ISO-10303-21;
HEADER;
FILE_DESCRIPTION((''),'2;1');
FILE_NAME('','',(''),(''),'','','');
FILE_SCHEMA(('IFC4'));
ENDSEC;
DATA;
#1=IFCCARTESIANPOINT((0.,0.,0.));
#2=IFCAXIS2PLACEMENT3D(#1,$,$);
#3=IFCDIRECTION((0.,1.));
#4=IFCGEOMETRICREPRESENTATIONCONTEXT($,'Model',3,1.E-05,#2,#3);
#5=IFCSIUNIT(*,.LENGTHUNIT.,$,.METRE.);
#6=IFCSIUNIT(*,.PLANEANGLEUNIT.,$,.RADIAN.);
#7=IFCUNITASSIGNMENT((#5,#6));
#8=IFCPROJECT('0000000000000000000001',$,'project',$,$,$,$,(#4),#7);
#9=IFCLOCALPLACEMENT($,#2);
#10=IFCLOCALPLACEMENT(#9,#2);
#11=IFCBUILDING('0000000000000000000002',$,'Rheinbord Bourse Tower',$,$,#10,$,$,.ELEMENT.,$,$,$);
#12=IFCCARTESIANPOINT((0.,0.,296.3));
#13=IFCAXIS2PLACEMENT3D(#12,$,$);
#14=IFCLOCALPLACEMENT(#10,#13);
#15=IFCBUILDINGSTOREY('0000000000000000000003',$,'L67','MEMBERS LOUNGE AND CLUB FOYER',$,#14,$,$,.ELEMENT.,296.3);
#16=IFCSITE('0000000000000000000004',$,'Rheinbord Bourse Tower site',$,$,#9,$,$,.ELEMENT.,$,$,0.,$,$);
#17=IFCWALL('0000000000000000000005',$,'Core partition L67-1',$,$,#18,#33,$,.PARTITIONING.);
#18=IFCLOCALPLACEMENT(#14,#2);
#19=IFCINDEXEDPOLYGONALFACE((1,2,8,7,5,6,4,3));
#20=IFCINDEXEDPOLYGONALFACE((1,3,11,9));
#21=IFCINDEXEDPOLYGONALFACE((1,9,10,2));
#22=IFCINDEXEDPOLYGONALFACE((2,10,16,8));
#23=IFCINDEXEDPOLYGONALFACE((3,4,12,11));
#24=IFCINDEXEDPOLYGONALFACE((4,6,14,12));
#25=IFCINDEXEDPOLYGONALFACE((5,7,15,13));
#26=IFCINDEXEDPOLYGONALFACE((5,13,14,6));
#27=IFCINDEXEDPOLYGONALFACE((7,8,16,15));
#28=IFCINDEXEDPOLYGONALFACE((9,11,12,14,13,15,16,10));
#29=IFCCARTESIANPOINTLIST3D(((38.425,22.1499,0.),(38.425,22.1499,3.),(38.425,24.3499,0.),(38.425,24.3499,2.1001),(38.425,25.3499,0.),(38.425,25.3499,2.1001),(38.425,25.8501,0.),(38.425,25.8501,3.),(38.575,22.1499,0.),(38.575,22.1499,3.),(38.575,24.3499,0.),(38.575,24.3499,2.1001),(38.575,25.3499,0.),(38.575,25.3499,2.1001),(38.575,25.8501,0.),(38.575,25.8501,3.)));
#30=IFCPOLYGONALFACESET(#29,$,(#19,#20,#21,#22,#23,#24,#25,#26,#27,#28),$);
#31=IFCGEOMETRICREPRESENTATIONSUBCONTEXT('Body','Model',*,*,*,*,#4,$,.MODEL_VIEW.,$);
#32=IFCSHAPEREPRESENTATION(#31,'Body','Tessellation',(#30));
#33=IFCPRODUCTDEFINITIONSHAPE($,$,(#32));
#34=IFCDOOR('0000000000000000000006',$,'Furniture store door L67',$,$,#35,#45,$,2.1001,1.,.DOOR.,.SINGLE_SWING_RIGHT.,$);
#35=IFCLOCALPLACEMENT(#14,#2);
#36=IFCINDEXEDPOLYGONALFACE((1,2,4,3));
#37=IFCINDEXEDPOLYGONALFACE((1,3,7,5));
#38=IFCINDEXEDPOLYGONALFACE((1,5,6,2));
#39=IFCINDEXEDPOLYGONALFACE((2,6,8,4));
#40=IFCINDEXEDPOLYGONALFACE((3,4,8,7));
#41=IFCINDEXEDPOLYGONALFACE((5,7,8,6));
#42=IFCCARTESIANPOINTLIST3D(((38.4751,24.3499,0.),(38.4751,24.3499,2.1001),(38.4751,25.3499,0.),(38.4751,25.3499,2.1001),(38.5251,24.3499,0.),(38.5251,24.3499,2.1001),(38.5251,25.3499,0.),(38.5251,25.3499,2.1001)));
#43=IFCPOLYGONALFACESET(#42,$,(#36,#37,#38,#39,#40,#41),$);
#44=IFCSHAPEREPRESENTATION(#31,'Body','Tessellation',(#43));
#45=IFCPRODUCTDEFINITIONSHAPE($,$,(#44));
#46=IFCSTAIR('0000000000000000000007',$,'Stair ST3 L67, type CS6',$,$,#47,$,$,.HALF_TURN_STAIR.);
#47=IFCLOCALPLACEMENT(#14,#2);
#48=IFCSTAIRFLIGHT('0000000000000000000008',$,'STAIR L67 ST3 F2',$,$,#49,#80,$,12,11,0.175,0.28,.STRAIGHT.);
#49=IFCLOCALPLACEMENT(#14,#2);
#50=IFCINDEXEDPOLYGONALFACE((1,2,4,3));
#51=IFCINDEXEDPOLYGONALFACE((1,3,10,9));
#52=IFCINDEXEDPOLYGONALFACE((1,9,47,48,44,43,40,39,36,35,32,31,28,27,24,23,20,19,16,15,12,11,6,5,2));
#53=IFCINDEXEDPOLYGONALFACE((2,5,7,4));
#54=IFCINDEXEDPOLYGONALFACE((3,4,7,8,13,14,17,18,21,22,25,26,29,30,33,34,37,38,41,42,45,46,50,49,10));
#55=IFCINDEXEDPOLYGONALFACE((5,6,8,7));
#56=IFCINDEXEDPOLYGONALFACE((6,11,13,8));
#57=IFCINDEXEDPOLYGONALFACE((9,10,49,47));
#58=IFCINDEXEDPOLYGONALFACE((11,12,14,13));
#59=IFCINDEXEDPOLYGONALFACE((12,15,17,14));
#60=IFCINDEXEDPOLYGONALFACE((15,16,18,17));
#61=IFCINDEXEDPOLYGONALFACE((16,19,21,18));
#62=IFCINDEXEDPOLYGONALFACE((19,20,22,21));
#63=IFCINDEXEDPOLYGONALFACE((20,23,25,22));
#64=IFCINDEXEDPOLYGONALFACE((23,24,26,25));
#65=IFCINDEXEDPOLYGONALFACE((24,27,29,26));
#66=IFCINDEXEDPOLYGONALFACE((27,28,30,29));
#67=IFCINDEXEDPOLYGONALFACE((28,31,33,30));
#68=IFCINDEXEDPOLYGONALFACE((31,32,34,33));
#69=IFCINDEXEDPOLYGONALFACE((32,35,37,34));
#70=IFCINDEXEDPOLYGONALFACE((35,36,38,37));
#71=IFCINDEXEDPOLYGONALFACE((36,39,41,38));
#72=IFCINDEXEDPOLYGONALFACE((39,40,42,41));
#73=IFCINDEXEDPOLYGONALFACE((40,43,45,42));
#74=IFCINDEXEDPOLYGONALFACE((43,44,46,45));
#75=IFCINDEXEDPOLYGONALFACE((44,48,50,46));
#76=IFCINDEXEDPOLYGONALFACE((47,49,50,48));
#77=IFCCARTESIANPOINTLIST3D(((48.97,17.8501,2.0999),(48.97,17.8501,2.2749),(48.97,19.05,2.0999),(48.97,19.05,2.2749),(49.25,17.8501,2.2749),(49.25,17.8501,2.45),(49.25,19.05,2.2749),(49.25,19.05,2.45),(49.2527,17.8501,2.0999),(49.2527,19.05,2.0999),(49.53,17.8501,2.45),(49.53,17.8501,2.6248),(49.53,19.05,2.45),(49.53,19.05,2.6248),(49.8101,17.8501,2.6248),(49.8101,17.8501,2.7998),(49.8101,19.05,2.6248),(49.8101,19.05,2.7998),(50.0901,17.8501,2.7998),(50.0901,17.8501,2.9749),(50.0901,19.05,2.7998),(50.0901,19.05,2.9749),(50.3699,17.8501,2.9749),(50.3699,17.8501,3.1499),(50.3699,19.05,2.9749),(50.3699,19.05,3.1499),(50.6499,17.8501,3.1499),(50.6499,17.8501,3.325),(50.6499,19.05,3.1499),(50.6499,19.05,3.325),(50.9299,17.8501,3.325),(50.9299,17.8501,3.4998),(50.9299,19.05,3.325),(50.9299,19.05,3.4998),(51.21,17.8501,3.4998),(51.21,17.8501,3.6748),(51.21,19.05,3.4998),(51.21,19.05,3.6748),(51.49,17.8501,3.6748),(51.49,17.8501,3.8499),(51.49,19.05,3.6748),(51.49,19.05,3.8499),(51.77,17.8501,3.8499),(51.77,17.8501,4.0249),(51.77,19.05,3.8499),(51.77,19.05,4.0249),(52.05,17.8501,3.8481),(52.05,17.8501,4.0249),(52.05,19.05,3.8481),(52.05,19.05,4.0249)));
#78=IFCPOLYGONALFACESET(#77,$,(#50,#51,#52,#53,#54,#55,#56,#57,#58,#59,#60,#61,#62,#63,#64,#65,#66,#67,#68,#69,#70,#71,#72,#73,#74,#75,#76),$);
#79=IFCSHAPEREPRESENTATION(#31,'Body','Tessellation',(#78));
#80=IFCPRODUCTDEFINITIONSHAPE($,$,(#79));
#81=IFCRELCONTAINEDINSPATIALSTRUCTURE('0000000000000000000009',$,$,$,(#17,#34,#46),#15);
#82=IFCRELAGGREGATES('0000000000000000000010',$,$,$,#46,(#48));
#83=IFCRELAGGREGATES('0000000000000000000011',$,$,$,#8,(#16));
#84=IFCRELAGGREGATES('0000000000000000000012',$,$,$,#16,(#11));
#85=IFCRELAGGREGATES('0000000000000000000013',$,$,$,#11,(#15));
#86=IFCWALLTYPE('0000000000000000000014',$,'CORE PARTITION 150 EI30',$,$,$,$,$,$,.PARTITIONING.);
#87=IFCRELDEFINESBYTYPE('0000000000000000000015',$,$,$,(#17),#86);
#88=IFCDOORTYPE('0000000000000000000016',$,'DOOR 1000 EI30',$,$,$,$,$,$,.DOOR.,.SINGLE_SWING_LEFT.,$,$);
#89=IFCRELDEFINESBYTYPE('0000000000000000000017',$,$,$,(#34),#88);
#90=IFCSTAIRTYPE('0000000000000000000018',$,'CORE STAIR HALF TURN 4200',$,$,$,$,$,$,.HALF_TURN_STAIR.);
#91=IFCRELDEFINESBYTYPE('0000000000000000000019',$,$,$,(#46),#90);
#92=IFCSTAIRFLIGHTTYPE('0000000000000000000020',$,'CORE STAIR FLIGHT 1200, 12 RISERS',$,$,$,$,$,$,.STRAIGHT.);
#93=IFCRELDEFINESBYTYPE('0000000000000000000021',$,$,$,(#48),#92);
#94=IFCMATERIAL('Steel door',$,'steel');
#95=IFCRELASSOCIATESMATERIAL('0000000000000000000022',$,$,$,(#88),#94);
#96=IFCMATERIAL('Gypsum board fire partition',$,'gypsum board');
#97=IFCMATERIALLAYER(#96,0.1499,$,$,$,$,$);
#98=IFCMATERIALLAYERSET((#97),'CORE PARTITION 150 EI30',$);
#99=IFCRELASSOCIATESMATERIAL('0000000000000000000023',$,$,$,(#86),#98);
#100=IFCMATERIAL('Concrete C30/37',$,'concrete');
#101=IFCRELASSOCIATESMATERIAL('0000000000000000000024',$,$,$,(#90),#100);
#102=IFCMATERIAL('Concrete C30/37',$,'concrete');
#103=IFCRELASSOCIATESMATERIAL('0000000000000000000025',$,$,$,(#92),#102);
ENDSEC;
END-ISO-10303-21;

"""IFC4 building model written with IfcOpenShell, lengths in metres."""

from ifc_helpers import new_model, si_unit, direction, frame, frame_2d, origin, place, context, subcontext, project, spatial, polyline, rectangle, outline, extrude, material, layer, layer_set, type_object, element, fill, aggregate, save


model = new_model("IFC4")

# Units and contexts
model_context = context("Model", 3, precision=1e-05, world=origin(), true_north=direction((0.0, 1.0)))
body_context = subcontext(model_context, "Body", "Model", "MODEL_VIEW")
ifc_project = project(units=[si_unit("LENGTHUNIT", "METRE"), si_unit("PLANEANGLEUNIT", "RADIAN")], contexts=[model_context])

# Site, building, storey
site_placement = place(None, origin())
site = spatial("IfcSite", under=ifc_project, at=site_placement, Name="Rheinbord Bourse Tower site", CompositionType="ELEMENT", RefElevation=0.0)
building_placement = place(site_placement, origin())
building = spatial("IfcBuilding", under=site, at=building_placement, Name="Rheinbord Bourse Tower", CompositionType="ELEMENT")
storey_placement = place(building_placement, frame((0.0, 0.0, 296.3)))
storey = spatial("IfcBuildingStorey", under=building, at=storey_placement, Name="L67", Description="MEMBERS LOUNGE AND CLUB FOYER", CompositionType="ELEMENT", Elevation=296.3)

# Shared definitions
ifc_material_1 = material(Name="Steel door", Category="steel")
door_type_1 = type_object("IfcDoorType", Name="DOOR 1000 EI30", OperationType="SINGLE_SWING_LEFT", PredefinedType="DOOR", material=ifc_material_1)

# Wall, opening, door
ifc_material_2 = material(Name="Gypsum board fire partition", Category="gypsum board")
ifc_layer_1 = layer(ifc_material_2, 0.1499)
ifc_layer_set_1 = layer_set([ifc_layer_1], Name="CORE PARTITION 150 EI30")
wall_type_1 = type_object("IfcWallType", Name="CORE PARTITION 150 EI30", PredefinedType="PARTITIONING", material=ifc_layer_set_1)
wall_1_placement = place(storey_placement, frame((38.5, 22.1499, 0.0), z_axis=(0.0, 0.0, 1.0), x_axis=(0.0, 1.0, 0.0)))
wall_1 = element("IfcWall", 1, at=wall_1_placement, inside=storey, type_object=wall_type_1, Name="Core partition L67-1", PredefinedType="PARTITIONING", context=body_context, shape_type="SweptSolid", body=[
    extrude(rectangle(XDim=3.7002, YDim=0.1499, at=frame_2d((1.8501, 0.0))), origin(), (0.0, 0.0, 1.0), 3.0),
])
opening_1_placement = place(wall_1_placement, frame((2.2, 0.0, 0.0)))
opening_1 = element("IfcOpeningElement", 2, at=opening_1_placement, cuts=wall_1, PredefinedType="OPENING", context=body_context, shape_type="SweptSolid", body=[
    extrude(rectangle(XDim=1.0, YDim=2.1001, at=frame_2d((0.5, 1.05))), frame((0.0, 0.085, 0.0), z_axis=(0.0, -1.0, 0.0), x_axis=(1.0, 0.0, 0.0)), (0.0, 0.0, 1.0), 0.1699),
])
door_1_placement = place(opening_1_placement, origin())
door_1 = element("IfcDoor", 3, at=door_1_placement, inside=storey, type_object=door_type_1, Name="Furniture store door L67", OperationType="SINGLE_SWING_RIGHT", OverallHeight=2.1001, OverallWidth=1.0, PredefinedType="DOOR", context=body_context, shape_type="SweptSolid", body=[
    extrude(rectangle(XDim=1.0, YDim=2.1001, at=frame_2d((0.5, 1.05))), frame((0.0, 0.0249, 0.0), z_axis=(0.0, -1.0, 0.0), x_axis=(1.0, 0.0, 0.0)), (0.0, 0.0, 1.0), 0.05),
])
fill(opening_1, door_1)

# Stair, stair flight
ifc_material_3 = material(Name="Concrete C30/37", Category="concrete")
stair_type = type_object("IfcStairType", Name="CORE STAIR HALF TURN 4200", PredefinedType="HALF_TURN_STAIR", material=ifc_material_3)
stair_placement = place(storey_placement, origin())
stair = element("IfcStair", 4, at=stair_placement, inside=storey, type_object=stair_type, Name="Stair ST3 L67, type CS6", PredefinedType="HALF_TURN_STAIR")
ifc_material_4 = material(Name="Concrete C30/37", Category="concrete")
stair_flight_type = type_object("IfcStairFlightType", Name="CORE STAIR FLIGHT 1200, 12 RISERS", PredefinedType="STRAIGHT", material=ifc_material_4)
stair_flight_placement = place(storey_placement, frame((48.97, 18.45, 2.0999), z_axis=(0.0, 0.0, 1.0), x_axis=(1.0, 0.0, 0.0)))
stair_flight = element("IfcStairFlight", 5, at=stair_flight_placement, type_object=stair_flight_type, Name="STAIR L67 ST3 F2", NumberOfRisers=12, NumberOfTreads=11, PredefinedType="STRAIGHT", RiserHeight=0.175, TreadLength=0.28, context=body_context, shape_type="SweptSolid", body=[
    extrude(outline(polyline([(0.0, 0.0), (0.0, 0.175), (0.28, 0.175), (0.28, 0.3501), (0.5601, 0.3501), (0.5601, 0.5249), (0.8401, 0.5249), (0.8401, 0.7), (1.1201, 0.7), (1.1201, 0.875), (1.3999, 0.875), (1.3999, 1.05), (1.6799, 1.05), (1.6799, 1.2251), (1.96, 1.2251), (1.96, 1.3999), (2.24, 1.3999), (2.24, 1.575), (2.52, 1.575), (2.52, 1.75), (2.8, 1.75), (2.8, 1.925), (3.0801, 1.925), (3.0801, 2.1001), (3.0801, 1.7483), (0.2827, 0.0), (0.0, 0.0)])), frame((0.0, 0.6001, 0.0), z_axis=(0.0, -1.0, 0.0), x_axis=(1.0, 0.0, 0.0)), (0.0, 0.0, 1.0), 1.2),
])
aggregate(stair, [stair_flight])

save(model, "model.ifc")
